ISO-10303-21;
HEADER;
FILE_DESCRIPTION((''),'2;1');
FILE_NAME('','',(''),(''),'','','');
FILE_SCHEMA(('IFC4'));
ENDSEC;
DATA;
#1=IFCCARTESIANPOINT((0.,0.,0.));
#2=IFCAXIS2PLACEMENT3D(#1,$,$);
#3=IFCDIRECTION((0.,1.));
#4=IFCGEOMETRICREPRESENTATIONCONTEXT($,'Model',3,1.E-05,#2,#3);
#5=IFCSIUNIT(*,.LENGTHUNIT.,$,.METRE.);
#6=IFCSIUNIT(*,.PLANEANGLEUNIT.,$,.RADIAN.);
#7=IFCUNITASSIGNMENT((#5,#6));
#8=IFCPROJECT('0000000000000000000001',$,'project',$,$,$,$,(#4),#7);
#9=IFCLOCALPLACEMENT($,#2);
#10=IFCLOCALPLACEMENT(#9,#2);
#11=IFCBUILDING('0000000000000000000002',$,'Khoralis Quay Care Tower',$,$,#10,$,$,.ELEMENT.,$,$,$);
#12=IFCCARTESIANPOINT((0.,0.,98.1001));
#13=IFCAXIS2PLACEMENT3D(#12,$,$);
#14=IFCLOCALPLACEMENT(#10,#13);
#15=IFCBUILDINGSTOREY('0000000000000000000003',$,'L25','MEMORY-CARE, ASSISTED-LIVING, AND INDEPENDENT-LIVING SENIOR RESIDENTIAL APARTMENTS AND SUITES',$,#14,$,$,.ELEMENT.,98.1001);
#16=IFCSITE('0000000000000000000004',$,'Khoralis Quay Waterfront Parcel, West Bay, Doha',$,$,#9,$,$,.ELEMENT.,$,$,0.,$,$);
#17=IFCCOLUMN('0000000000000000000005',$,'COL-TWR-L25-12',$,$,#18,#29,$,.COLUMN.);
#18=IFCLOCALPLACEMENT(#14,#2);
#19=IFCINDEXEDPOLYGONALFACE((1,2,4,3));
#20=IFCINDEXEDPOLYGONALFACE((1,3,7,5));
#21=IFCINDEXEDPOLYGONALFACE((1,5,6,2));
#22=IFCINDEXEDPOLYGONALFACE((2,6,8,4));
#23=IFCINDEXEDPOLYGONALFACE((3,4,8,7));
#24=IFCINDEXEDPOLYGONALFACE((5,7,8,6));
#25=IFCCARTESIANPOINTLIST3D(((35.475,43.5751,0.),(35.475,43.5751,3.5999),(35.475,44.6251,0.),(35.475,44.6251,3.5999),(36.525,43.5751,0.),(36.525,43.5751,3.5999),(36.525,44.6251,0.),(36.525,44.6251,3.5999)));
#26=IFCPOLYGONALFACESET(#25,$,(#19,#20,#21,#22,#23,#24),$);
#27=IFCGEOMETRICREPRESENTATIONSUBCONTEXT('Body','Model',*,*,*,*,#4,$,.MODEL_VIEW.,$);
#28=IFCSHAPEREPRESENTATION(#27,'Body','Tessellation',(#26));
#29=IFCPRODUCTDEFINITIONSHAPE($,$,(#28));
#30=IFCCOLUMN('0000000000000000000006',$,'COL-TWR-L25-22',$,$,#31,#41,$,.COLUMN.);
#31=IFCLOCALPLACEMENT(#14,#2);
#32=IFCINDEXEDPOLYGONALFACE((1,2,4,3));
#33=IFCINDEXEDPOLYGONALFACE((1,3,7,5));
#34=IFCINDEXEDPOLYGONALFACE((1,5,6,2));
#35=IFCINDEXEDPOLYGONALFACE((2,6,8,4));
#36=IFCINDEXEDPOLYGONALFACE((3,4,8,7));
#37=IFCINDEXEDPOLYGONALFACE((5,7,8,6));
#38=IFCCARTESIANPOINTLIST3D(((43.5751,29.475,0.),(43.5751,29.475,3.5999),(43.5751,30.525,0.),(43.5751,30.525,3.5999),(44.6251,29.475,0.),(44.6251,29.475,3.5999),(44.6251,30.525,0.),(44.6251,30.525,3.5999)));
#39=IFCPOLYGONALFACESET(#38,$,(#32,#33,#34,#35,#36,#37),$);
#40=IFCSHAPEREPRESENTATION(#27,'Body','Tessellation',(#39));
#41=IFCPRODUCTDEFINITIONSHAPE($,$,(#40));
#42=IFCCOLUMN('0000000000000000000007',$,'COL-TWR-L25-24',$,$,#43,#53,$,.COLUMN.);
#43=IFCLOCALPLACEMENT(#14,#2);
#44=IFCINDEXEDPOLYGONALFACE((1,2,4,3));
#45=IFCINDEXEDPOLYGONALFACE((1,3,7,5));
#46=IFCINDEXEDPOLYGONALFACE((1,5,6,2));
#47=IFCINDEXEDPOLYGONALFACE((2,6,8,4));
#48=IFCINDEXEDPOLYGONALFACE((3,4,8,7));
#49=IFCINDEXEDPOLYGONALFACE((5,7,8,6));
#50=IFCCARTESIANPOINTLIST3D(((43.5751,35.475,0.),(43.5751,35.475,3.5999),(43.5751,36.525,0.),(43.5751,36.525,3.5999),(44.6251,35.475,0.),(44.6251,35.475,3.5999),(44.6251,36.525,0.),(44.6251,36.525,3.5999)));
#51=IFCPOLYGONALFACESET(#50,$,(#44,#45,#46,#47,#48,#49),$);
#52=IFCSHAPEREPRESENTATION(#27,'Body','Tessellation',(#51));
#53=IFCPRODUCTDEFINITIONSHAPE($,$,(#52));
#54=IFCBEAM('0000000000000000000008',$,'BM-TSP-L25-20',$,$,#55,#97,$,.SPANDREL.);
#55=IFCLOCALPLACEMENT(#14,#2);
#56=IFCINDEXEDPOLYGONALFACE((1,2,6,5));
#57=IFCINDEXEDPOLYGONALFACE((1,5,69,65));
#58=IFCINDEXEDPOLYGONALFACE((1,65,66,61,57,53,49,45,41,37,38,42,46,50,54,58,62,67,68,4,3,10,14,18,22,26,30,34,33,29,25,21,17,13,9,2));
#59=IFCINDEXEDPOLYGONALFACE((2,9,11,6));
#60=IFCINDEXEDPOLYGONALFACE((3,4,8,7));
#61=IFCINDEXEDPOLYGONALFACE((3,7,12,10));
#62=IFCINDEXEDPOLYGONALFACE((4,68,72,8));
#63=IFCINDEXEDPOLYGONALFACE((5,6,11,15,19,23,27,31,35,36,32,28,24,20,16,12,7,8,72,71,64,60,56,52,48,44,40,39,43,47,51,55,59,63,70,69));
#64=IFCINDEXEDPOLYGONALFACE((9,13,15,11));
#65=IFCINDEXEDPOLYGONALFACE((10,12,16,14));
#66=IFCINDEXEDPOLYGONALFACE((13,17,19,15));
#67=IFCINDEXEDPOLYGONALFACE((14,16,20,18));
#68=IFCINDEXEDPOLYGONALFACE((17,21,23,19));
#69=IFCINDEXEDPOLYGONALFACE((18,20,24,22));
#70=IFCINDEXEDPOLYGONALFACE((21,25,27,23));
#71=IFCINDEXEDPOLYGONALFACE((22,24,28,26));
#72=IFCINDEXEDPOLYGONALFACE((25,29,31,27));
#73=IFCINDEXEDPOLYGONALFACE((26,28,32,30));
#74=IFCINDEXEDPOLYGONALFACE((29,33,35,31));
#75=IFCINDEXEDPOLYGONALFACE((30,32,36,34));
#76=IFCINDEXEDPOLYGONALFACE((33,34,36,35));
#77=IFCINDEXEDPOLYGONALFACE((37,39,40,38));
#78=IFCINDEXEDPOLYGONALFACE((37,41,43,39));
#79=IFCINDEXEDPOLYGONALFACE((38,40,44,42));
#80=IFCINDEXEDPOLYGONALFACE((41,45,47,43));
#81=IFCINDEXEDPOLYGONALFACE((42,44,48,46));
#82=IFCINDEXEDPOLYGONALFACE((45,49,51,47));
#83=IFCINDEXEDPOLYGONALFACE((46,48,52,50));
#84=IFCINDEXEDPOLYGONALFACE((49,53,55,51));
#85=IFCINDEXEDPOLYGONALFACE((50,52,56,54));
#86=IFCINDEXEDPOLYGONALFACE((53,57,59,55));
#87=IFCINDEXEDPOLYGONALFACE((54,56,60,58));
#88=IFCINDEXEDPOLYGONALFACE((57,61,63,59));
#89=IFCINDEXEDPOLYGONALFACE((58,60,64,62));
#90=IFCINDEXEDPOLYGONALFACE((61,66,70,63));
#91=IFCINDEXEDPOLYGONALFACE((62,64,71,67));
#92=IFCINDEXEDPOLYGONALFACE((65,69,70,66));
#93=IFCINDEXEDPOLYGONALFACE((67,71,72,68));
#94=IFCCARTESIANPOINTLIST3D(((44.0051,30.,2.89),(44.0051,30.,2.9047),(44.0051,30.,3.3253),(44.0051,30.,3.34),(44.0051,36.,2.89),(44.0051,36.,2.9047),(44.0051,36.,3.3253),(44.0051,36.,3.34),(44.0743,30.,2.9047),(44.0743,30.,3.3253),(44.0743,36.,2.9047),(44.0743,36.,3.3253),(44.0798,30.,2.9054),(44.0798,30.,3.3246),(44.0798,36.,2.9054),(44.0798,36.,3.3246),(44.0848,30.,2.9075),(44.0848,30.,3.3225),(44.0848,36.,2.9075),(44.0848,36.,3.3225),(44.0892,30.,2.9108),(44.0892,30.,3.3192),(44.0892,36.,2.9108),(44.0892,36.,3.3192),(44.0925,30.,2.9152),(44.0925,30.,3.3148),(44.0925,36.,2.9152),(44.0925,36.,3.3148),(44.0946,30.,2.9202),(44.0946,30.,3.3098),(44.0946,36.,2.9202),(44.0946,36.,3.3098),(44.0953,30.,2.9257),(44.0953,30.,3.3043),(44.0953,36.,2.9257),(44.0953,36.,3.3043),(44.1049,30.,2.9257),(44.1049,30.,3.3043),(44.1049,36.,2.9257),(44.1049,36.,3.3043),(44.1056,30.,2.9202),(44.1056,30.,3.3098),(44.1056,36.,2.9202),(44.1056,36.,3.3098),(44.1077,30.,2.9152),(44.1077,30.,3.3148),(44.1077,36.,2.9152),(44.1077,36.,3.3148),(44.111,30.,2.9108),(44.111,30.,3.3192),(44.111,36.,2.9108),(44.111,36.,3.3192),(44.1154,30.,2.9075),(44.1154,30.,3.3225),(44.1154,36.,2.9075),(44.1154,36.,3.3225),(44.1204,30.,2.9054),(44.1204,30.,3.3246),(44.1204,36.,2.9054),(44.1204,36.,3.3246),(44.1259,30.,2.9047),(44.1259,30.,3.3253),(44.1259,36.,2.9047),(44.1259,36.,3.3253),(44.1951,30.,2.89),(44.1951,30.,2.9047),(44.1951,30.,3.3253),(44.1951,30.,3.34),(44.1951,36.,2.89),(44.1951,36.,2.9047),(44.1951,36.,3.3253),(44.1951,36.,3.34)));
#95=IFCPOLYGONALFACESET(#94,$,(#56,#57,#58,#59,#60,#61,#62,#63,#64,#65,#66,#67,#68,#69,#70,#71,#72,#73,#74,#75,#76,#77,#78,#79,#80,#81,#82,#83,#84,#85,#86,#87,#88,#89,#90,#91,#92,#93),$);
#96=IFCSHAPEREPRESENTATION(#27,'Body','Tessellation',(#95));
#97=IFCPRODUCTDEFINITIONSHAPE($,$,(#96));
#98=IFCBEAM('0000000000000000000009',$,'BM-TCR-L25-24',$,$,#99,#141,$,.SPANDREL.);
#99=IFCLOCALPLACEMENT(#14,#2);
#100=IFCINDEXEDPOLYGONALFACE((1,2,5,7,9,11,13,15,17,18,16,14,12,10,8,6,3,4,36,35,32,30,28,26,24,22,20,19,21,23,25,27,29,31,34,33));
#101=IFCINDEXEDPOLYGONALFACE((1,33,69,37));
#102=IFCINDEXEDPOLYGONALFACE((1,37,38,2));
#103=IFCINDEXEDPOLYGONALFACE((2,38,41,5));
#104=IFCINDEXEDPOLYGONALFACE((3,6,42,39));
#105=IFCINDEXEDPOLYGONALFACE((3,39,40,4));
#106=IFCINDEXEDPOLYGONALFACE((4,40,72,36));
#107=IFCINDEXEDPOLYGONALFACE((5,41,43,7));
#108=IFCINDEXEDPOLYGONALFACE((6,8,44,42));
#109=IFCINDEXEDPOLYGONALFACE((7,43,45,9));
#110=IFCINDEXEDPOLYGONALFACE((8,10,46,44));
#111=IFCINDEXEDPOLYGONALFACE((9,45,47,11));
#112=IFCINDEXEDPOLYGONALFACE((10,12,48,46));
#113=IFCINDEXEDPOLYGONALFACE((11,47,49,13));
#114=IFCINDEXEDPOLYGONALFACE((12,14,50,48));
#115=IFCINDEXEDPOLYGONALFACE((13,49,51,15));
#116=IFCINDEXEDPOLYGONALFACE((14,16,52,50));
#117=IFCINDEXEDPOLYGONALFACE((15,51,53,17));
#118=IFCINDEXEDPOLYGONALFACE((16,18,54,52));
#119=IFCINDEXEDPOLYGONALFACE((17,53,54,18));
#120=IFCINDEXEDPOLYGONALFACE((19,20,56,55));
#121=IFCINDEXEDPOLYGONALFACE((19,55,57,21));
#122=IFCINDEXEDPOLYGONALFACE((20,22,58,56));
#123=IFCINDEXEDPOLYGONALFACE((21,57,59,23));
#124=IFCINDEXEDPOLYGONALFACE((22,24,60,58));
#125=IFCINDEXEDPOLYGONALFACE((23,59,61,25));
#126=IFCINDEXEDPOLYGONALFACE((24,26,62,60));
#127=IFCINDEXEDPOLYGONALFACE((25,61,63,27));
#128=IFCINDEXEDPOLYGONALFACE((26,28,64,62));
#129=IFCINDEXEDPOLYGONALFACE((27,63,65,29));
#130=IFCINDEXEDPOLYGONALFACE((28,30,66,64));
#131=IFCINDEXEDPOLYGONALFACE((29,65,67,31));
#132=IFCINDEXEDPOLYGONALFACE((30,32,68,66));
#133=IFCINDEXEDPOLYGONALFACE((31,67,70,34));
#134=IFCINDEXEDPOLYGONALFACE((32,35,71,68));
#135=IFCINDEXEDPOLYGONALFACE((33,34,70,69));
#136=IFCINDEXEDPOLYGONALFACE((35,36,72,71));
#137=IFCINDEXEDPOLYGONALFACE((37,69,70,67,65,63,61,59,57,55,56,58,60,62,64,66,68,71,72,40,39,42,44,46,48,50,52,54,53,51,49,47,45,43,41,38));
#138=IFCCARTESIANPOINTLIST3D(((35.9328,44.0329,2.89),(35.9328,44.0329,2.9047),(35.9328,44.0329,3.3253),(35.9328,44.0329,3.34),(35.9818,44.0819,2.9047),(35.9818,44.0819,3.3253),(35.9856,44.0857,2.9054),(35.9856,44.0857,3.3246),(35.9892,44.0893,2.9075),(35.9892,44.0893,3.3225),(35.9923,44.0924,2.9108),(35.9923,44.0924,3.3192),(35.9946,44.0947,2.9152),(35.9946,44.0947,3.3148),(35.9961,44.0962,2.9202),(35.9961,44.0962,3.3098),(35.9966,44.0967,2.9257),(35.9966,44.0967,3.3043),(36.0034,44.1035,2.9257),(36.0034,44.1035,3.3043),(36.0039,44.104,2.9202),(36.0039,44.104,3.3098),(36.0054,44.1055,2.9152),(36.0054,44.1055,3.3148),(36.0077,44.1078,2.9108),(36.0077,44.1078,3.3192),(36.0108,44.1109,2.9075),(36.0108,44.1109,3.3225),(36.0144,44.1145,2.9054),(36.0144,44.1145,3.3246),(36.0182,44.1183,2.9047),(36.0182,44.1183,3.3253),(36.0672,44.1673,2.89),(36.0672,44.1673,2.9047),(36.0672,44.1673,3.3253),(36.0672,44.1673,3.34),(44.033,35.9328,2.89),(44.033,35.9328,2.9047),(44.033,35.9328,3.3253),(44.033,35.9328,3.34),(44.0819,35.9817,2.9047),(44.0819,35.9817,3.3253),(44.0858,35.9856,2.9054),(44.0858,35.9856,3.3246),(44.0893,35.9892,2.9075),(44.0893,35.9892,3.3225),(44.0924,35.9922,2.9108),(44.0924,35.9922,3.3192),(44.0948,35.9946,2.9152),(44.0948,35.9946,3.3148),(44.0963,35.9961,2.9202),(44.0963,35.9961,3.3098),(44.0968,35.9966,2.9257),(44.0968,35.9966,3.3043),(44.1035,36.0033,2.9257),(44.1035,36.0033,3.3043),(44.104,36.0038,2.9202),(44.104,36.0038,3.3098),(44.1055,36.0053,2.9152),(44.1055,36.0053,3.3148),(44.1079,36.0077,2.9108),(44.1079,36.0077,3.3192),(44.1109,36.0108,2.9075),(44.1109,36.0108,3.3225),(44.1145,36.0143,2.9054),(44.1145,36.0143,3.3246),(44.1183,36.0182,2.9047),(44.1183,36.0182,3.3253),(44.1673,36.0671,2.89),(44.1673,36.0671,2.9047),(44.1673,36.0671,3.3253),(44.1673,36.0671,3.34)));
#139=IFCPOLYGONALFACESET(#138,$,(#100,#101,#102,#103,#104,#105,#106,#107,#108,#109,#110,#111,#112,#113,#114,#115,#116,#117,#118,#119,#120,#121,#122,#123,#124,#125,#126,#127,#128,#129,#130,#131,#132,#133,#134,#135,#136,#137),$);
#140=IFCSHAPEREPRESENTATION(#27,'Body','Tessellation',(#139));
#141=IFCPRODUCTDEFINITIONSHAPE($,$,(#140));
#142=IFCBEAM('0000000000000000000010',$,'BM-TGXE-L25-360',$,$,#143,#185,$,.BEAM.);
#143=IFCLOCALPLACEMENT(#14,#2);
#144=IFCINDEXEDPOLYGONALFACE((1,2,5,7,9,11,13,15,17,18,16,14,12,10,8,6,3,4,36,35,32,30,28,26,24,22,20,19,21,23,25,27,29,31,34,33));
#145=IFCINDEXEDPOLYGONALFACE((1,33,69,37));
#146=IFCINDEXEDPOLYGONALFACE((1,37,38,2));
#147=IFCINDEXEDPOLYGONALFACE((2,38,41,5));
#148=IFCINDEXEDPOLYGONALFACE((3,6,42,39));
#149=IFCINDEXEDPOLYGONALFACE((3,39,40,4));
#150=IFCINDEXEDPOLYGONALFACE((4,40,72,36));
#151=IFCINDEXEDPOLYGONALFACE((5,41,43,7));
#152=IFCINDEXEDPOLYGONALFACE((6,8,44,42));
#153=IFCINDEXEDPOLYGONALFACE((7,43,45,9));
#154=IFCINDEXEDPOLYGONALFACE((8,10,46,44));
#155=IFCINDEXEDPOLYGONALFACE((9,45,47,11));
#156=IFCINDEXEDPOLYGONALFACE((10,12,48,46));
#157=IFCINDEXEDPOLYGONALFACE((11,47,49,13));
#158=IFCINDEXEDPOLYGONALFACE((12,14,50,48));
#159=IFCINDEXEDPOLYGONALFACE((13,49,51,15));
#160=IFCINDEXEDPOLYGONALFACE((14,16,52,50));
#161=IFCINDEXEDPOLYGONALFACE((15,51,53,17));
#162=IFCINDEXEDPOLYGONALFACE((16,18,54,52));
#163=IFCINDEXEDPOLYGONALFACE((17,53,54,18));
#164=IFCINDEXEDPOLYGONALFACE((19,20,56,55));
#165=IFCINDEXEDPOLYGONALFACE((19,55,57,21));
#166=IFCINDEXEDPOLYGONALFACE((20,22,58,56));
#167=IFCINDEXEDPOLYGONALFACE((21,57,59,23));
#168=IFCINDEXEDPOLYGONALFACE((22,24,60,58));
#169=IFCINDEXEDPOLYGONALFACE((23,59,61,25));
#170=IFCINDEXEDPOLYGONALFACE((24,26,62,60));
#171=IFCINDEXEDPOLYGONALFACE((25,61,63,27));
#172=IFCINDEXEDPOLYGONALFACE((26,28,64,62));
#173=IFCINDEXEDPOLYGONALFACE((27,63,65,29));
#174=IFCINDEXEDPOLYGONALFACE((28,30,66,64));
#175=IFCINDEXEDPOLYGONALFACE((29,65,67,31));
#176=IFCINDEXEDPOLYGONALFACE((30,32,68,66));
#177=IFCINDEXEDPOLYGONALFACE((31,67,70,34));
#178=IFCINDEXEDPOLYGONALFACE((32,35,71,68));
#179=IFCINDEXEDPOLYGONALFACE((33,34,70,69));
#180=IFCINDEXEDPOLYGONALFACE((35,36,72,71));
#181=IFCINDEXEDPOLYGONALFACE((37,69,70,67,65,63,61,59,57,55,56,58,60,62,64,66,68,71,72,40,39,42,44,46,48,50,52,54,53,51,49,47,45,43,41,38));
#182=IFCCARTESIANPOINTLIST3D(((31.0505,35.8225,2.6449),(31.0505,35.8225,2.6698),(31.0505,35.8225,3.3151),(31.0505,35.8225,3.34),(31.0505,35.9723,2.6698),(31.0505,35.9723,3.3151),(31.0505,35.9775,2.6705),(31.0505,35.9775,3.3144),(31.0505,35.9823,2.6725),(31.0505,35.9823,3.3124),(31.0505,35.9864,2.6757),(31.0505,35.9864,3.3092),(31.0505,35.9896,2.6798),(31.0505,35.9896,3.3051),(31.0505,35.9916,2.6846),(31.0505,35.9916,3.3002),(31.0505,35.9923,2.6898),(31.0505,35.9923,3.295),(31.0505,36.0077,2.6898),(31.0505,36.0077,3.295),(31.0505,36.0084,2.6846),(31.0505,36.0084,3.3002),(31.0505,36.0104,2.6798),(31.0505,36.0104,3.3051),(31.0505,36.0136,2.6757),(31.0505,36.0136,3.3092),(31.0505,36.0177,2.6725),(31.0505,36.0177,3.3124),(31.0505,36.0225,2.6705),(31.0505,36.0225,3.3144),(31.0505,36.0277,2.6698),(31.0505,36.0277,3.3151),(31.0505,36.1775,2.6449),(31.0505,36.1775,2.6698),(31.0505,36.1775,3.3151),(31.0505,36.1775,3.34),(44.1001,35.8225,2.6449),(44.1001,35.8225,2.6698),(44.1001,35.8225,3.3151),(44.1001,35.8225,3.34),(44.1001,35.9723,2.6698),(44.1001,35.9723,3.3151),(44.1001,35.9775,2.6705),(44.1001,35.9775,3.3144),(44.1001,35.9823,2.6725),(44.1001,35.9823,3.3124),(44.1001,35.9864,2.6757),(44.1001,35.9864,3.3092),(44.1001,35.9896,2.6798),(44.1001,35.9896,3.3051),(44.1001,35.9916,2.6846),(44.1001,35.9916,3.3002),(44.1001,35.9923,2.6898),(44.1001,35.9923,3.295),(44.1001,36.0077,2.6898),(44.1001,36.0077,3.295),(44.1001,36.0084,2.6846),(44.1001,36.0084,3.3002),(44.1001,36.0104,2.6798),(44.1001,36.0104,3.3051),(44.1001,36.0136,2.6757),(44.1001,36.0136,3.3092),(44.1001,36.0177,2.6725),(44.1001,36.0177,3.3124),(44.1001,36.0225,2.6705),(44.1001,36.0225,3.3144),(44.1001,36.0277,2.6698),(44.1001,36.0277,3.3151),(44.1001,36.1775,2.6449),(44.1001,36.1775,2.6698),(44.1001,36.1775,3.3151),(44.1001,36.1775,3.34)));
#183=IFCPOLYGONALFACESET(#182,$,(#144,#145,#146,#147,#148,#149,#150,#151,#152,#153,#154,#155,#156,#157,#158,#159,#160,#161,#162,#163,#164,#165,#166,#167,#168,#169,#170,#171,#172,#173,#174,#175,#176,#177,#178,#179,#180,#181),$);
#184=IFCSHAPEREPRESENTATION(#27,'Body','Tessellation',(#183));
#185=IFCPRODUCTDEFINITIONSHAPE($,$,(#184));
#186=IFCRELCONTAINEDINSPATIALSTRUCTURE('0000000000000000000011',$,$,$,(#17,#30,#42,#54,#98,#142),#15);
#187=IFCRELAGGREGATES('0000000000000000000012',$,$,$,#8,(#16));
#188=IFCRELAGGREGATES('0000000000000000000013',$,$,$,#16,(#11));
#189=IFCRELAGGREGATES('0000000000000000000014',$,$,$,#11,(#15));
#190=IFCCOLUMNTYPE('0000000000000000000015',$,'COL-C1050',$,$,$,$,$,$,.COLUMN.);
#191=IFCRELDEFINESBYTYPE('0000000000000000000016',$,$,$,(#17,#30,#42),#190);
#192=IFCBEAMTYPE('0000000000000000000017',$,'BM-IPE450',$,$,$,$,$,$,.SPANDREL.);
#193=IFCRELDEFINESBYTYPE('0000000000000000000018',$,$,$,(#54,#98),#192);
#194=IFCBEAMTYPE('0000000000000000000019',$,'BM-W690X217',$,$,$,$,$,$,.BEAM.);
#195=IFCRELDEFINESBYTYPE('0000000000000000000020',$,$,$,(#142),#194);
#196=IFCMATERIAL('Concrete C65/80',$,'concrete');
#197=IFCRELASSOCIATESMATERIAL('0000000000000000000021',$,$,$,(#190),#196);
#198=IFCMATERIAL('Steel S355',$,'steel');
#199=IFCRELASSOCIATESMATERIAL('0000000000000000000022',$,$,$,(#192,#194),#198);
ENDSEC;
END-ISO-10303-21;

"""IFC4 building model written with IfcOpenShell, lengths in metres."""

from ifc_helpers import new_model, si_unit, direction, frame, origin, origin_2d, place, context, subcontext, project, spatial, rectangle, i_section, extrude, source, transform, mapped, material, material_profile, profile_set, type_object, element, save


model = new_model("IFC4")

# Units and contexts
model_context = context("Model", 3, precision=1e-05, world=origin(), true_north=direction((0.0, 1.0)))
body_context = subcontext(model_context, "Body", "Model", "MODEL_VIEW")
ifc_project = project(units=[si_unit("LENGTHUNIT", "METRE"), si_unit("PLANEANGLEUNIT", "RADIAN")], contexts=[model_context])

# Site, building, storey
site_placement = place(None, origin())
site = spatial("IfcSite", under=ifc_project, at=site_placement, Name="Khoralis Quay Waterfront Parcel, West Bay, Doha", CompositionType="ELEMENT", RefElevation=0.0)
building_placement = place(site_placement, origin())
building = spatial("IfcBuilding", under=site, at=building_placement, Name="Khoralis Quay Care Tower", CompositionType="ELEMENT")
storey_placement = place(building_placement, frame((0.0, 0.0, 98.1001)))
storey = spatial("IfcBuildingStorey", under=building, at=storey_placement, Name="L25", Description="MEMORY-CARE, ASSISTED-LIVING, AND INDEPENDENT-LIVING SENIOR RESIDENTIAL APARTMENTS AND SUITES", CompositionType="ELEMENT", Elevation=98.1001)

# Columns
ifc_material_1 = material(Name="Concrete C65/80", Category="concrete")
ifc_material_profile_1 = material_profile(ifc_material_1, rectangle(XDim=1.05, YDim=1.05, at=origin_2d()), Name="Concrete C65/80")
ifc_profile_set_1 = profile_set([ifc_material_profile_1], Name="Concrete C65/80")
column_type = type_object("IfcColumnType", Name="COL-C1050", PredefinedType="COLUMN", material=ifc_profile_set_1)
shared_shape_1 = source(origin(), body_context, "Body", "SweptSolid", [
    extrude(rectangle(XDim=1.05, YDim=1.05, at=origin_2d()), origin(), (0.0, 0.0, 1.0), 3.5999),
])
for number, where, z_axis, x_axis, name in (
    (1, (36.0, 44.1001, 0.0), (0.0, 0.0, 1.0), (1.0, 0.0, 0.0), "COL-TWR-L25-12"),
    (2, (44.1001, 30.0, 0.0), (0.0, 0.0, 1.0), (1.0, 0.0, 0.0), "COL-TWR-L25-22"),
    (3, (44.1001, 36.0, 0.0), (0.0, 0.0, 1.0), (1.0, 0.0, 0.0), "COL-TWR-L25-24"),
):
    element("IfcColumn", number, at=place(storey_placement, frame(where, z_axis=z_axis, x_axis=x_axis)), inside=storey, type_object=column_type, Name=name, PredefinedType="COLUMN", context=body_context, shape_type="MappedRepresentation", body=[
        mapped(shared_shape_1, transform((0.0, 0.0, 0.0), scale=1.0)),
    ])

# Beams
ifc_material_2 = material(Name="Steel S355", Category="steel")
ifc_material_profile_2 = material_profile(ifc_material_2, i_section(OverallWidth=0.1899, OverallDepth=0.45, WebThickness=0.0095, FlangeThickness=0.0146, FilletRadius=0.021, at=origin_2d()), Name="Steel S355")
ifc_profile_set_2 = profile_set([ifc_material_profile_2], Name="Steel S355")
beam_type_1 = type_object("IfcBeamType", Name="BM-IPE450", PredefinedType="SPANDREL", material=ifc_profile_set_2)
shared_shape_2 = source(origin(), body_context, "Body", "SweptSolid", [
    extrude(i_section(OverallWidth=0.1899, OverallDepth=0.45, WebThickness=0.0095, FlangeThickness=0.0146, FilletRadius=0.021, at=origin_2d()), origin(), (0.0, 0.0, 1.0), 6.0),
])
beam_1_placement = place(storey_placement, frame((44.1001, 30.0, 3.115), z_axis=(0.0, 1.0, 0.0), x_axis=(-1.0, 0.0, 0.0)))
element("IfcBeam", 4, at=beam_1_placement, inside=storey, type_object=beam_type_1, Name="BM-TSP-L25-20", PredefinedType="SPANDREL", context=body_context, shape_type="MappedRepresentation", body=[
    mapped(shared_shape_2, transform((0.0, 0.0, 0.0), scale=1.0)),
])
shared_shape_3 = source(origin(), body_context, "Body", "SweptSolid", [
    extrude(i_section(OverallWidth=0.1899, OverallDepth=0.45, WebThickness=0.0095, FlangeThickness=0.0146, FilletRadius=0.021, at=origin_2d()), origin(), (0.0, 0.0, 1.0), 11.4553),
])
beam_2_placement = place(storey_placement, frame((36.0, 44.1001, 3.115), z_axis=(0.707107, -0.707107, 0.0), x_axis=(0.707107, 0.707107, 0.0)))
element("IfcBeam", 5, at=beam_2_placement, inside=storey, type_object=beam_type_1, Name="BM-TCR-L25-24", PredefinedType="SPANDREL", context=body_context, shape_type="MappedRepresentation", body=[
    mapped(shared_shape_3, transform((0.0, 0.0, 0.0), scale=1.0)),
])
ifc_material_profile_3 = material_profile(ifc_material_2, i_section(OverallWidth=0.355, OverallDepth=0.6951, WebThickness=0.0154, FlangeThickness=0.0249, FilletRadius=0.02, at=origin_2d()), Name="Steel S355")
ifc_profile_set_3 = profile_set([ifc_material_profile_3], Name="Steel S355")
beam_type_2 = type_object("IfcBeamType", Name="BM-W690X217", PredefinedType="BEAM", material=ifc_profile_set_3)
shared_shape_4 = source(origin(), body_context, "Body", "SweptSolid", [
    extrude(i_section(OverallWidth=0.355, OverallDepth=0.6951, WebThickness=0.0154, FlangeThickness=0.0249, FilletRadius=0.02, at=origin_2d()), origin(), (0.0, 0.0, 1.0), 13.0496),
])
beam_3_placement = place(storey_placement, frame((31.0505, 36.0, 2.9924), z_axis=(1.0, 0.0, 0.0), x_axis=(0.0, 1.0, 0.0)))
element("IfcBeam", 6, at=beam_3_placement, inside=storey, type_object=beam_type_2, Name="BM-TGXE-L25-360", PredefinedType="BEAM", context=body_context, shape_type="MappedRepresentation", body=[
    mapped(shared_shape_4, transform((0.0, 0.0, 0.0), scale=1.0)),
])

save(model, "model.ifc")
